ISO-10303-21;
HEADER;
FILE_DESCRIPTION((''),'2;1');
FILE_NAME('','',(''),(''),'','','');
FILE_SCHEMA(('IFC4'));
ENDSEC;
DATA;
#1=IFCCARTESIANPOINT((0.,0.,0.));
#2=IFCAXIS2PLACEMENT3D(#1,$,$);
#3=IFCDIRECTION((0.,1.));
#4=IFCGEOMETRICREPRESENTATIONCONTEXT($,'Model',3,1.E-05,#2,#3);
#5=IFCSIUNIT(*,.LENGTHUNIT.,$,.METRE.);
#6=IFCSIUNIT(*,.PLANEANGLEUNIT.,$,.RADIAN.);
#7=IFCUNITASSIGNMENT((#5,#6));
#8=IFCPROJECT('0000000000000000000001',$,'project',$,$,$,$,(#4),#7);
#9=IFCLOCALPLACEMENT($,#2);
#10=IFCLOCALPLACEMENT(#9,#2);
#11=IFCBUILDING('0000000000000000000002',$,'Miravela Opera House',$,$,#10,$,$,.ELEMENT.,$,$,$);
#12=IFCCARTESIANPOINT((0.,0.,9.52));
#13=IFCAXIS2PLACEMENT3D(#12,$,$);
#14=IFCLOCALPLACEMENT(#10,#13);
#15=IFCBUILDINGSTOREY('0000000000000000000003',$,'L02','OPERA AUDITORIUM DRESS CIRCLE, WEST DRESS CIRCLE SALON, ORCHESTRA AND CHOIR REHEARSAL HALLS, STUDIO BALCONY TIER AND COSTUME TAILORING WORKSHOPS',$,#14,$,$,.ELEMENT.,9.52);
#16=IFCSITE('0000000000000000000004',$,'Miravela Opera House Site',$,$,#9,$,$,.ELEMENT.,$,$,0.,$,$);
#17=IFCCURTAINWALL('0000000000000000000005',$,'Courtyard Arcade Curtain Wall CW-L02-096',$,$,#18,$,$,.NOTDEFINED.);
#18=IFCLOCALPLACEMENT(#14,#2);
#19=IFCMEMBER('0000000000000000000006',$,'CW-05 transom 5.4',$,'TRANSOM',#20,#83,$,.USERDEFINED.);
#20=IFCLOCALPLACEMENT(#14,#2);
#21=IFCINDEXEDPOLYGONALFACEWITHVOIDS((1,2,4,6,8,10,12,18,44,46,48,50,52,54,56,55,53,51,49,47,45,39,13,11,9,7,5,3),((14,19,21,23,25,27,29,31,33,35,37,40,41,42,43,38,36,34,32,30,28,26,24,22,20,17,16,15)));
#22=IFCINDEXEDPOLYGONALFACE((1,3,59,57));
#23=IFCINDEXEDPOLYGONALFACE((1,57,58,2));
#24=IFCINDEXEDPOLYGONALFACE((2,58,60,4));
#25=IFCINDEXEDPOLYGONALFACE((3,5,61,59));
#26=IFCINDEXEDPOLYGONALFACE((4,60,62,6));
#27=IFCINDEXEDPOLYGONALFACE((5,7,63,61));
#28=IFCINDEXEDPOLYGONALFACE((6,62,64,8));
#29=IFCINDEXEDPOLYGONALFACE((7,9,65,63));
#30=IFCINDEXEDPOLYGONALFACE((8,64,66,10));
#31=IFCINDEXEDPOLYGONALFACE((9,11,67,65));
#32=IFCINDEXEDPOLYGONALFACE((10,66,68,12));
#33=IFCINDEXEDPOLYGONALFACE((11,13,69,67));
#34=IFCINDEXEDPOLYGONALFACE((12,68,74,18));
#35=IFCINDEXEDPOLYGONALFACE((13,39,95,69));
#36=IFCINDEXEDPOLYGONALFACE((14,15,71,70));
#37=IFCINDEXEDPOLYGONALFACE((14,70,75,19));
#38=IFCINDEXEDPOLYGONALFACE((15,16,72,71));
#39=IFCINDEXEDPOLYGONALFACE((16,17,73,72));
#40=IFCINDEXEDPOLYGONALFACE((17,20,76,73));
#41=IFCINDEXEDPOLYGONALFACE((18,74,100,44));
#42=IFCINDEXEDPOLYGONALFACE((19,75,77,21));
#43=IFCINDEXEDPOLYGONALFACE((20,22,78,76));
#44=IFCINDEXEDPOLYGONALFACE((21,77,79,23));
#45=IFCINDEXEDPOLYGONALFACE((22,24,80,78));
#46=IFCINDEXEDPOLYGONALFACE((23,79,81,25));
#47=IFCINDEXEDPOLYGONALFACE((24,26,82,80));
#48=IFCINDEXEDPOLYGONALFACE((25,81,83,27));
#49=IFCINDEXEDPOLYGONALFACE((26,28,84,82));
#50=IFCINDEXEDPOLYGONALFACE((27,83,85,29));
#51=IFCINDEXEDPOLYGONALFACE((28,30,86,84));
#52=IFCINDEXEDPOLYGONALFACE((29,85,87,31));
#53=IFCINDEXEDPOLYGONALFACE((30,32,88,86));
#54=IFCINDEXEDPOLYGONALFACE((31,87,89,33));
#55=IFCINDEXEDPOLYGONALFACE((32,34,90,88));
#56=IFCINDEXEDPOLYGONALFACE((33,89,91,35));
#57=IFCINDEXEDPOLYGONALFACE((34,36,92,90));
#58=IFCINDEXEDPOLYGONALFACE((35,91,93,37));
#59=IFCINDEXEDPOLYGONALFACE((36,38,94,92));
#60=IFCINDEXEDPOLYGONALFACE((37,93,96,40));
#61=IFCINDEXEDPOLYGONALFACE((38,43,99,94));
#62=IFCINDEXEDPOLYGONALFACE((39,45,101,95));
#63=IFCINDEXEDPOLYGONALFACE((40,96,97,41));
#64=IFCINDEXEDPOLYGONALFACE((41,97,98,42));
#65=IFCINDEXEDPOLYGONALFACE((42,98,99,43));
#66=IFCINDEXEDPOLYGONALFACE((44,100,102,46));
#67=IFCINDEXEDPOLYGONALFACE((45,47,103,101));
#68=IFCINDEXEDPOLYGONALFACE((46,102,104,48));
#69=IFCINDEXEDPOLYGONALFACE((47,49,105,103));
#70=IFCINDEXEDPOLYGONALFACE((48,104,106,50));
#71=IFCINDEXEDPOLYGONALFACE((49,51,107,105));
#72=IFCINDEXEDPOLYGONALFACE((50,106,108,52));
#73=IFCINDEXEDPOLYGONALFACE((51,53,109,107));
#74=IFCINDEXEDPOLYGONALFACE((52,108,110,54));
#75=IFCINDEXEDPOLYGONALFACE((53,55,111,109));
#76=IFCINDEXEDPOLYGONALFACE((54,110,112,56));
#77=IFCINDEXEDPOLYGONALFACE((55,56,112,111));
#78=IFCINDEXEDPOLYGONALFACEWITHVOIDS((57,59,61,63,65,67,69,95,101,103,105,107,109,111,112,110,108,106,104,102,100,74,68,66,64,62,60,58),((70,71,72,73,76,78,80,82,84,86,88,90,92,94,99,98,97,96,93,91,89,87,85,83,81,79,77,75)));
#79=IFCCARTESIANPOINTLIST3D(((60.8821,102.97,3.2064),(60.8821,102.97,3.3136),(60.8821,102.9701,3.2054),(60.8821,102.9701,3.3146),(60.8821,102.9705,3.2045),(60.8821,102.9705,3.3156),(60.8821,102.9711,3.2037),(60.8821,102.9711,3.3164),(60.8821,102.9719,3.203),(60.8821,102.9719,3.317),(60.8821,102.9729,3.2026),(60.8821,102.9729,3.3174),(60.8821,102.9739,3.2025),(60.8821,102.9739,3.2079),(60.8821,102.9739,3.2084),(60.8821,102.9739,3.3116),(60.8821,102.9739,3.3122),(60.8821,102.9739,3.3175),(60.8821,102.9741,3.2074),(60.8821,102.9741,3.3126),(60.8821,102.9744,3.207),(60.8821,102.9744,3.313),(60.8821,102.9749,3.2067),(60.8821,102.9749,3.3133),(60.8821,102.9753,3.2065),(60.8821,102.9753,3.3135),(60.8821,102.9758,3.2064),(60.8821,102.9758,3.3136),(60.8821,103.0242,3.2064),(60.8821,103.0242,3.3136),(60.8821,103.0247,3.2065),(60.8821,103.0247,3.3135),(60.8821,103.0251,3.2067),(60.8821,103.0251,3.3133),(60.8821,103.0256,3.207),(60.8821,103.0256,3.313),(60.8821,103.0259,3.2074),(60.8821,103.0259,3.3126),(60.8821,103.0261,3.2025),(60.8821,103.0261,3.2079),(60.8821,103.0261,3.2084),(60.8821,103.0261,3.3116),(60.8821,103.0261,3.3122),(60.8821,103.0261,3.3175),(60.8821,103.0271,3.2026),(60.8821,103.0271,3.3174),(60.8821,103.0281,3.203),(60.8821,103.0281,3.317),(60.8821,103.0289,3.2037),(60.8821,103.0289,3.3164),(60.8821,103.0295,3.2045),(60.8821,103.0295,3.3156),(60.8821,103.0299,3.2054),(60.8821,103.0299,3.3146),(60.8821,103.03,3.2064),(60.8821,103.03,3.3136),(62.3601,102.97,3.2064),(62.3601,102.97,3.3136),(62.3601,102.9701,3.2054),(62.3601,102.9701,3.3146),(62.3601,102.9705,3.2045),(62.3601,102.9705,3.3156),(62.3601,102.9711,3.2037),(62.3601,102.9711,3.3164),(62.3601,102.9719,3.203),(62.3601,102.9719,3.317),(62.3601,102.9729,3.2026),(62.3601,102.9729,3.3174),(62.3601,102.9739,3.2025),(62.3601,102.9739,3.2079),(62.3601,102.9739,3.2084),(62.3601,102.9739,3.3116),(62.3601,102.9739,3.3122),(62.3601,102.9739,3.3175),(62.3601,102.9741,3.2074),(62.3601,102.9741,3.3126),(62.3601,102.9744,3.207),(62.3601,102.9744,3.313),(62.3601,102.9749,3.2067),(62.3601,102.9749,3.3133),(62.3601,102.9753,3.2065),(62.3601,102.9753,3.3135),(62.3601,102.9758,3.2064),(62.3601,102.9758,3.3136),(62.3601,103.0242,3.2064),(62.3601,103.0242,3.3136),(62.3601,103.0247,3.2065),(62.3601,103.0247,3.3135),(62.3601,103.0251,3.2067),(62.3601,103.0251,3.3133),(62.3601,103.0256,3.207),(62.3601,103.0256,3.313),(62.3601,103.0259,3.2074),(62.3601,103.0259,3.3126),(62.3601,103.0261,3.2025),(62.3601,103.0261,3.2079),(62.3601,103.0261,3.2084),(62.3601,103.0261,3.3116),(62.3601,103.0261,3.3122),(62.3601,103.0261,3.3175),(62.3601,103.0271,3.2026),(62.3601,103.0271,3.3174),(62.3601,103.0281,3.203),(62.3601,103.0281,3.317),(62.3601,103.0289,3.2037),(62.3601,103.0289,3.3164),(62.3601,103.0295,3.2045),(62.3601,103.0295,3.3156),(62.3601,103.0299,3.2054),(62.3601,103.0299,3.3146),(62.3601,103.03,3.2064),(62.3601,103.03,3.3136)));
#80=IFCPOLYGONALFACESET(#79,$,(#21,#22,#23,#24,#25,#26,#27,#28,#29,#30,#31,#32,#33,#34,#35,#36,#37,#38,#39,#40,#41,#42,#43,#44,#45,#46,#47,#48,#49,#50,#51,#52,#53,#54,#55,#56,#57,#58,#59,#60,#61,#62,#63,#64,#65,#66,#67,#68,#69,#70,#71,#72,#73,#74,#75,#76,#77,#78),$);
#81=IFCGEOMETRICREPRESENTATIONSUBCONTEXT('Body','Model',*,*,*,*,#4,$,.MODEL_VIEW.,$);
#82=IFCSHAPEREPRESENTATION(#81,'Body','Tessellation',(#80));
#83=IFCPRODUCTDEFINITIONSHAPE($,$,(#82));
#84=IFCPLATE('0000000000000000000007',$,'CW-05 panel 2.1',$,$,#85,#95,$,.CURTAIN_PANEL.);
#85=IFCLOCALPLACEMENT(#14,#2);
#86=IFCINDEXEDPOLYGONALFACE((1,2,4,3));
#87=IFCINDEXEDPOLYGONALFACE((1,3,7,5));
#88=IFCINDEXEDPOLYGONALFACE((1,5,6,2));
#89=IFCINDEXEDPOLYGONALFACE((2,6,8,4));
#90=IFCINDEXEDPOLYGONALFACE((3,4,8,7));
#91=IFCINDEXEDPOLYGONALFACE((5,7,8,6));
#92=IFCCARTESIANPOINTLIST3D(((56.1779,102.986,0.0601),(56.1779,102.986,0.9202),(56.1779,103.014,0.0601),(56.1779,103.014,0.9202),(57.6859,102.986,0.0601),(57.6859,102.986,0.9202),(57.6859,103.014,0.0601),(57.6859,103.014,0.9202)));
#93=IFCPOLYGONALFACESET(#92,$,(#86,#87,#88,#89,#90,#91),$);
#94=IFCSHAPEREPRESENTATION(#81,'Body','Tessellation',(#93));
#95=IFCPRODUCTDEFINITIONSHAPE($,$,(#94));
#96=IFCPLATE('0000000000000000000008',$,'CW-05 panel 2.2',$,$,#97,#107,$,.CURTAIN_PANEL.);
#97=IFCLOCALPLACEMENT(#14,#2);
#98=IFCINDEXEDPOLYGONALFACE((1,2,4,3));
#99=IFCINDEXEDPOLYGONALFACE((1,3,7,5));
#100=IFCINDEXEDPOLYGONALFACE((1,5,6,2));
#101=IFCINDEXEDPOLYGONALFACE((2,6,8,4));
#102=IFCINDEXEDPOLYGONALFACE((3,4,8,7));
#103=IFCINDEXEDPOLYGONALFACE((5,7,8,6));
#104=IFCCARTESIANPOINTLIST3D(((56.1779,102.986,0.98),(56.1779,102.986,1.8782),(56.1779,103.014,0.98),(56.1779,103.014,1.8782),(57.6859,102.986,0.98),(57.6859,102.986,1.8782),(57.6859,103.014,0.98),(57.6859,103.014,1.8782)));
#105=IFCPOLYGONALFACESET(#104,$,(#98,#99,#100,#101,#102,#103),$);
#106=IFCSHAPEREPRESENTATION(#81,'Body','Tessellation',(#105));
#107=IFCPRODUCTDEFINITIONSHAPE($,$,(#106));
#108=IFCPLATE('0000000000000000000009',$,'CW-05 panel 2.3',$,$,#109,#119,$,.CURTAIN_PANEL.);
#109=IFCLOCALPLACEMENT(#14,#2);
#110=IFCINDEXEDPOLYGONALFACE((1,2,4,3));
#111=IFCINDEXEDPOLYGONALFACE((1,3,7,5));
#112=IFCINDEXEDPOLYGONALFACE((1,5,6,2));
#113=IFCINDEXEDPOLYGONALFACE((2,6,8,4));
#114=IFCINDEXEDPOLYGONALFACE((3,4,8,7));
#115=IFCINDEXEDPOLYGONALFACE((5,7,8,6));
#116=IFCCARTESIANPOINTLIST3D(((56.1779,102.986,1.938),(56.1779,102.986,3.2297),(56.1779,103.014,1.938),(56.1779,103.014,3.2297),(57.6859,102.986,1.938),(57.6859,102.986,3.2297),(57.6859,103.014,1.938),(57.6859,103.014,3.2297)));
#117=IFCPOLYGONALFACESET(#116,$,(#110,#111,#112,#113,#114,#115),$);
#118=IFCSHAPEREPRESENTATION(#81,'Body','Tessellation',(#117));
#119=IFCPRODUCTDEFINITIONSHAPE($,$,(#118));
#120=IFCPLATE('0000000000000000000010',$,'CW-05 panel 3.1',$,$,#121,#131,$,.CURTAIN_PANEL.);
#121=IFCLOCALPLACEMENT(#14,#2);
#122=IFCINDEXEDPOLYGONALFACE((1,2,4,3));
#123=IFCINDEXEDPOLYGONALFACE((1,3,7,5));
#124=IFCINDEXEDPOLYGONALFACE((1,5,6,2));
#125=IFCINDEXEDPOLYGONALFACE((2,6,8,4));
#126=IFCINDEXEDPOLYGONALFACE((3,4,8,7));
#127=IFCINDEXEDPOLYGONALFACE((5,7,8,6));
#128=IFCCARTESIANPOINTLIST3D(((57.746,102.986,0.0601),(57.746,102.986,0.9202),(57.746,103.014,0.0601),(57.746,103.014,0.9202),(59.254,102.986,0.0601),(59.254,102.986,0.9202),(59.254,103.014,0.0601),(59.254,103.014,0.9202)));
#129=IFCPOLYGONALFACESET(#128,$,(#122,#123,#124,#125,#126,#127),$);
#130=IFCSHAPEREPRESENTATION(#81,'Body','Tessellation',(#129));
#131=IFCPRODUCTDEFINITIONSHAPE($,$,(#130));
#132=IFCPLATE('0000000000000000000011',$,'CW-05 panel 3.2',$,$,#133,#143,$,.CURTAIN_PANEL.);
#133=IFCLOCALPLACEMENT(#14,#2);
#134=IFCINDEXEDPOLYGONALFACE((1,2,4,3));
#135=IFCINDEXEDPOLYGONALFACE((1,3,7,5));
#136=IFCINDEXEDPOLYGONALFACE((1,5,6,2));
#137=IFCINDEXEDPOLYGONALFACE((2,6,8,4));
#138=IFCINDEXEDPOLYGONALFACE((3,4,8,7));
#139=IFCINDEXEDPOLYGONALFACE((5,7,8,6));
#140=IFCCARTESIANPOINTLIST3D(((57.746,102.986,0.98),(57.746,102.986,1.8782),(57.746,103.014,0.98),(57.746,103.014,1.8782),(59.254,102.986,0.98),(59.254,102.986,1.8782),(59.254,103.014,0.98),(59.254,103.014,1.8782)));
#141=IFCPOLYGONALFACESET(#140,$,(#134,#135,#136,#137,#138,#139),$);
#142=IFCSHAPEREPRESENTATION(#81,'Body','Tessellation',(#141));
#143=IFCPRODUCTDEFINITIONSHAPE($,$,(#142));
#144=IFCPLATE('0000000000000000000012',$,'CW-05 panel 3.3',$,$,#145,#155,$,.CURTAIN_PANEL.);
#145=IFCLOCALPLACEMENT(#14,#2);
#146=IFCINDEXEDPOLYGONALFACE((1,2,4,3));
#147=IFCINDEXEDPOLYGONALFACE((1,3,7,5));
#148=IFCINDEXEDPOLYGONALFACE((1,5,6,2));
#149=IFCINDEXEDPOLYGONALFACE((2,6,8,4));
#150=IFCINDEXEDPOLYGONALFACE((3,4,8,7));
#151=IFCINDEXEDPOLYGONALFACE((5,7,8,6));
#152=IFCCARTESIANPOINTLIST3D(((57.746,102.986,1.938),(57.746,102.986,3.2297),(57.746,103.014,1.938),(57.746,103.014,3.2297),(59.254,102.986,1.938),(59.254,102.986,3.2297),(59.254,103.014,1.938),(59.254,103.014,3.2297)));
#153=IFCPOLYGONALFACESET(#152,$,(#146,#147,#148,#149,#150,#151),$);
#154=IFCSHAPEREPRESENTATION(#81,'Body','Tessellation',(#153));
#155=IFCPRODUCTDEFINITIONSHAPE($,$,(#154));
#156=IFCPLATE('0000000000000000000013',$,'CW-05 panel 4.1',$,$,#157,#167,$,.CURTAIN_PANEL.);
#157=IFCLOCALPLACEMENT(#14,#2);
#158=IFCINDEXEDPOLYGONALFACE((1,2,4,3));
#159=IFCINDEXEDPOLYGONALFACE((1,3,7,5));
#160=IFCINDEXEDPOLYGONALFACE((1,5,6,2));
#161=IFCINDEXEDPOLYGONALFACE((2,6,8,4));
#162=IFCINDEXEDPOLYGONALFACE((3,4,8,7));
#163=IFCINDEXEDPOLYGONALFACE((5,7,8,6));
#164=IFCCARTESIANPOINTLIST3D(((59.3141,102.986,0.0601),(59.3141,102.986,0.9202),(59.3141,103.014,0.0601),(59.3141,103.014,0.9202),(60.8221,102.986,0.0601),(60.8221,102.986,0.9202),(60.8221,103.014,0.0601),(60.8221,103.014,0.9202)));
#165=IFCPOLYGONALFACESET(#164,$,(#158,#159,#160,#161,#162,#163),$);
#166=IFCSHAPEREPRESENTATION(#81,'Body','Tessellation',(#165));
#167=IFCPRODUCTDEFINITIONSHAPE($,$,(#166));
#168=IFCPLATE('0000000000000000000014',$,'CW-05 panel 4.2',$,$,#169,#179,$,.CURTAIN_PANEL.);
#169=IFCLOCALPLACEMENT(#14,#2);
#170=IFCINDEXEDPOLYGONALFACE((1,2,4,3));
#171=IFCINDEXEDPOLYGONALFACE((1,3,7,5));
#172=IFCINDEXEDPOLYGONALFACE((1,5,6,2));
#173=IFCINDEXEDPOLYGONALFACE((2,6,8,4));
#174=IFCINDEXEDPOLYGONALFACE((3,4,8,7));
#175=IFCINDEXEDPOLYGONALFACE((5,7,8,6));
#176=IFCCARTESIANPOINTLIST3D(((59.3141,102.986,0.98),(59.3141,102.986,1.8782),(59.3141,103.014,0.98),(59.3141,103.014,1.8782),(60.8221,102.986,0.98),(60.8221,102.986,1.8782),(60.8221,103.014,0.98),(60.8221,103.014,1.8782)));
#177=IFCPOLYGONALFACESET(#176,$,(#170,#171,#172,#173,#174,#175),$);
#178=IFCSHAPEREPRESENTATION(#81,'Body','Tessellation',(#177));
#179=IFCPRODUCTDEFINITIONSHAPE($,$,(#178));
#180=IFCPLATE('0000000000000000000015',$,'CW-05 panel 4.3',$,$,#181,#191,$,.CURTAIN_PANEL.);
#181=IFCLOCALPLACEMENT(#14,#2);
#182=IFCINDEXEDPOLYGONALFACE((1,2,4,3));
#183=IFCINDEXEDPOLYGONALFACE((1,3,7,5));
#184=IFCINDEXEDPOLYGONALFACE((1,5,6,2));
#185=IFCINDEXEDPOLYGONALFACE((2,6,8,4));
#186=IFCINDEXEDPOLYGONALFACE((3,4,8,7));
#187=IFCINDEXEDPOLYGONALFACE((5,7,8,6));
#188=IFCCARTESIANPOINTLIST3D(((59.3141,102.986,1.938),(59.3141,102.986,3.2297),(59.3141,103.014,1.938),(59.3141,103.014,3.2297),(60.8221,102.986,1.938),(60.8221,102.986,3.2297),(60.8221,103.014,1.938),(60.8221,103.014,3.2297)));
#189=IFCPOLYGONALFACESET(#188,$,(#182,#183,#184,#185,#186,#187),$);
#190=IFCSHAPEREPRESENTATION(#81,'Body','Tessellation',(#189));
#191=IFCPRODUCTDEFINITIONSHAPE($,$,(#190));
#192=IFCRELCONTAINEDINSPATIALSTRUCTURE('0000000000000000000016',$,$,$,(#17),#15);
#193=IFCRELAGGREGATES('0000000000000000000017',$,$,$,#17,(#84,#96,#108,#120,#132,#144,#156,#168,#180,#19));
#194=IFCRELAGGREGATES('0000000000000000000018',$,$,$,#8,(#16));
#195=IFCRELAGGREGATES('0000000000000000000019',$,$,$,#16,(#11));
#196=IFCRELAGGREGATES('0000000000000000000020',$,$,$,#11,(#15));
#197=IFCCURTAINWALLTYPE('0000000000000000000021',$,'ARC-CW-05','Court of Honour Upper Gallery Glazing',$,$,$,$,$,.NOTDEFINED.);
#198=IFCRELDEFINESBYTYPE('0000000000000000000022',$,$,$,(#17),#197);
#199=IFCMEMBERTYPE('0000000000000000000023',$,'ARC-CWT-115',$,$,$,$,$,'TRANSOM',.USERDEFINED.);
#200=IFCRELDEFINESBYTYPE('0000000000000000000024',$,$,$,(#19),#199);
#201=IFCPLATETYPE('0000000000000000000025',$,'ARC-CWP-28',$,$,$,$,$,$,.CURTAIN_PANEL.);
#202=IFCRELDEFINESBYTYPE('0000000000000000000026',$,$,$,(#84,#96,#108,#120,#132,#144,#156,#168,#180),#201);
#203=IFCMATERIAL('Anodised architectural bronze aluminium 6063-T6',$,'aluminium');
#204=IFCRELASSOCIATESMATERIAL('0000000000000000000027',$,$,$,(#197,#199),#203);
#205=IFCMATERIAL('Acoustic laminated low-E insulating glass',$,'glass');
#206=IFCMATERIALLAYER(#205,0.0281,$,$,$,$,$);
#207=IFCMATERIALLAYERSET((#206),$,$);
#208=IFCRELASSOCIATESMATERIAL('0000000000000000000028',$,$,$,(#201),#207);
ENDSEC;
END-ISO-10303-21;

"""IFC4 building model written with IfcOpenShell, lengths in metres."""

from ifc_helpers import new_model, si_unit, direction, frame, origin, origin_2d, place, context, subcontext, project, spatial, rectangle, hollow_rectangle, extrude, material, layer, layer_set, material_profile, profile_set, type_object, element, aggregate, save


model = new_model("IFC4")

# Units and contexts
model_context = context("Model", 3, precision=1e-05, world=origin(), true_north=direction((0.0, 1.0)))
body_context = subcontext(model_context, "Body", "Model", "MODEL_VIEW")
ifc_project = project(units=[si_unit("LENGTHUNIT", "METRE"), si_unit("PLANEANGLEUNIT", "RADIAN")], contexts=[model_context])

# Site, building, storey
site_placement = place(None, origin())
site = spatial("IfcSite", under=ifc_project, at=site_placement, Name="Miravela Opera House Site", CompositionType="ELEMENT", RefElevation=0.0)
building_placement = place(site_placement, origin())
building = spatial("IfcBuilding", under=site, at=building_placement, Name="Miravela Opera House", CompositionType="ELEMENT")
storey_placement = place(building_placement, frame((0.0, 0.0, 9.52)))
storey = spatial("IfcBuildingStorey", under=building, at=storey_placement, Name="L02", Description="OPERA AUDITORIUM DRESS CIRCLE, WEST DRESS CIRCLE SALON, ORCHESTRA AND CHOIR REHEARSAL HALLS, STUDIO BALCONY TIER AND COSTUME TAILORING WORKSHOPS", CompositionType="ELEMENT", Elevation=9.52)

# Curtain wall, member, plates
ifc_material_1 = material(Name="Anodised architectural bronze aluminium 6063-T6", Category="aluminium")
curtain_wall_type = type_object("IfcCurtainWallType", Name="ARC-CW-05", Description="Court of Honour Upper Gallery Glazing", PredefinedType="NOTDEFINED", material=ifc_material_1)
curtain_wall_placement = place(storey_placement, origin())
curtain_wall = element("IfcCurtainWall", 1, at=curtain_wall_placement, inside=storey, type_object=curtain_wall_type, Name="Courtyard Arcade Curtain Wall CW-L02-096", PredefinedType="NOTDEFINED")
ifc_material_profile_1 = material_profile(ifc_material_1, hollow_rectangle(XDim=0.0601, YDim=0.115, WallThickness=0.0039, InnerFilletRadius=0.002, OuterFilletRadius=0.0039, at=origin_2d()), Name="CWT-60X115")
ifc_profile_set_1 = profile_set([ifc_material_profile_1])
member_type_1 = type_object("IfcMemberType", Name="ARC-CWT-115", ElementType="TRANSOM", PredefinedType="USERDEFINED", material=ifc_profile_set_1)
member_1_placement = place(storey_placement, frame((60.8821, 103.0, 3.26), z_axis=(1.0, 0.0, 0.0), x_axis=(0.0, 1.0, 0.0)))
member_1 = element("IfcMember", 2, at=member_1_placement, type_object=member_type_1, Name="CW-05 transom 5.4", ObjectType="TRANSOM", PredefinedType="USERDEFINED", context=body_context, shape_type="SweptSolid", body=[
    extrude(hollow_rectangle(XDim=0.0601, YDim=0.115, WallThickness=0.0039, InnerFilletRadius=0.002, OuterFilletRadius=0.0039, at=origin_2d()), origin(), (0.0, 0.0, 1.0), 1.478),
])
ifc_material_2 = material(Name="Acoustic laminated low-E insulating glass", Category="glass")
ifc_layer = layer(ifc_material_2, 0.0281)
ifc_layer_set = layer_set([ifc_layer])
plate_type = type_object("IfcPlateType", Name="ARC-CWP-28", PredefinedType="CURTAIN_PANEL", material=ifc_layer_set)
plate_1_placement = place(storey_placement, frame((56.9319, 103.0, 0.0601), z_axis=(0.0, 0.0, 1.0), x_axis=(1.0, 0.0, 0.0)))
plate_1 = element("IfcPlate", 3, at=plate_1_placement, type_object=plate_type, Name="CW-05 panel 2.1", PredefinedType="CURTAIN_PANEL", context=body_context, shape_type="SweptSolid", body=[
    extrude(rectangle(XDim=1.5081, YDim=0.0281, at=origin_2d()), origin(), (0.0, 0.0, 1.0), 0.8601),
])
plate_2_placement = place(storey_placement, frame((56.9319, 103.0, 0.98), z_axis=(0.0, 0.0, 1.0), x_axis=(1.0, 0.0, 0.0)))
plate_2 = element("IfcPlate", 4, at=plate_2_placement, type_object=plate_type, Name="CW-05 panel 2.2", PredefinedType="CURTAIN_PANEL", context=body_context, shape_type="SweptSolid", body=[
    extrude(rectangle(XDim=1.5081, YDim=0.0281, at=origin_2d()), origin(), (0.0, 0.0, 1.0), 0.8982),
])
plate_3_placement = place(storey_placement, frame((56.9319, 103.0, 1.938), z_axis=(0.0, 0.0, 1.0), x_axis=(1.0, 0.0, 0.0)))
plate_3 = element("IfcPlate", 5, at=plate_3_placement, type_object=plate_type, Name="CW-05 panel 2.3", PredefinedType="CURTAIN_PANEL", context=body_context, shape_type="SweptSolid", body=[
    extrude(rectangle(XDim=1.5081, YDim=0.0281, at=origin_2d()), origin(), (0.0, 0.0, 1.0), 1.2917),
])
plate_4_placement = place(storey_placement, frame((58.5, 103.0, 0.0601), z_axis=(0.0, 0.0, 1.0), x_axis=(1.0, 0.0, 0.0)))
plate_4 = element("IfcPlate", 6, at=plate_4_placement, type_object=plate_type, Name="CW-05 panel 3.1", PredefinedType="CURTAIN_PANEL", context=body_context, shape_type="SweptSolid", body=[
    extrude(rectangle(XDim=1.5081, YDim=0.0281, at=origin_2d()), origin(), (0.0, 0.0, 1.0), 0.8601),
])
plate_5_placement = place(storey_placement, frame((58.5, 103.0, 0.98), z_axis=(0.0, 0.0, 1.0), x_axis=(1.0, 0.0, 0.0)))
plate_5 = element("IfcPlate", 7, at=plate_5_placement, type_object=plate_type, Name="CW-05 panel 3.2", PredefinedType="CURTAIN_PANEL", context=body_context, shape_type="SweptSolid", body=[
    extrude(rectangle(XDim=1.5081, YDim=0.0281, at=origin_2d()), origin(), (0.0, 0.0, 1.0), 0.8982),
])
plate_6_placement = place(storey_placement, frame((58.5, 103.0, 1.938), z_axis=(0.0, 0.0, 1.0), x_axis=(1.0, 0.0, 0.0)))
plate_6 = element("IfcPlate", 8, at=plate_6_placement, type_object=plate_type, Name="CW-05 panel 3.3", PredefinedType="CURTAIN_PANEL", context=body_context, shape_type="SweptSolid", body=[
    extrude(rectangle(XDim=1.5081, YDim=0.0281, at=origin_2d()), origin(), (0.0, 0.0, 1.0), 1.2917),
])
plate_7_placement = place(storey_placement, frame((60.0681, 103.0, 0.0601), z_axis=(0.0, 0.0, 1.0), x_axis=(1.0, 0.0, 0.0)))
plate_7 = element("IfcPlate", 9, at=plate_7_placement, type_object=plate_type, Name="CW-05 panel 4.1", PredefinedType="CURTAIN_PANEL", context=body_context, shape_type="SweptSolid", body=[
    extrude(rectangle(XDim=1.5081, YDim=0.0281, at=origin_2d()), origin(), (0.0, 0.0, 1.0), 0.8601),
])
plate_8_placement = place(storey_placement, frame((60.0681, 103.0, 0.98), z_axis=(0.0, 0.0, 1.0), x_axis=(1.0, 0.0, 0.0)))
plate_8 = element("IfcPlate", 10, at=plate_8_placement, type_object=plate_type, Name="CW-05 panel 4.2", PredefinedType="CURTAIN_PANEL", context=body_context, shape_type="SweptSolid", body=[
    extrude(rectangle(XDim=1.5081, YDim=0.0281, at=origin_2d()), origin(), (0.0, 0.0, 1.0), 0.8982),
])
plate_9_placement = place(storey_placement, frame((60.0681, 103.0, 1.938), z_axis=(0.0, 0.0, 1.0), x_axis=(1.0, 0.0, 0.0)))
plate_9 = element("IfcPlate", 11, at=plate_9_placement, type_object=plate_type, Name="CW-05 panel 4.3", PredefinedType="CURTAIN_PANEL", context=body_context, shape_type="SweptSolid", body=[
    extrude(rectangle(XDim=1.5081, YDim=0.0281, at=origin_2d()), origin(), (0.0, 0.0, 1.0), 1.2917),
])
aggregate(curtain_wall, [plate_1, plate_2, plate_3, plate_4, plate_5, plate_6, plate_7, plate_8, plate_9, member_1])

save(model, "model.ifc")
